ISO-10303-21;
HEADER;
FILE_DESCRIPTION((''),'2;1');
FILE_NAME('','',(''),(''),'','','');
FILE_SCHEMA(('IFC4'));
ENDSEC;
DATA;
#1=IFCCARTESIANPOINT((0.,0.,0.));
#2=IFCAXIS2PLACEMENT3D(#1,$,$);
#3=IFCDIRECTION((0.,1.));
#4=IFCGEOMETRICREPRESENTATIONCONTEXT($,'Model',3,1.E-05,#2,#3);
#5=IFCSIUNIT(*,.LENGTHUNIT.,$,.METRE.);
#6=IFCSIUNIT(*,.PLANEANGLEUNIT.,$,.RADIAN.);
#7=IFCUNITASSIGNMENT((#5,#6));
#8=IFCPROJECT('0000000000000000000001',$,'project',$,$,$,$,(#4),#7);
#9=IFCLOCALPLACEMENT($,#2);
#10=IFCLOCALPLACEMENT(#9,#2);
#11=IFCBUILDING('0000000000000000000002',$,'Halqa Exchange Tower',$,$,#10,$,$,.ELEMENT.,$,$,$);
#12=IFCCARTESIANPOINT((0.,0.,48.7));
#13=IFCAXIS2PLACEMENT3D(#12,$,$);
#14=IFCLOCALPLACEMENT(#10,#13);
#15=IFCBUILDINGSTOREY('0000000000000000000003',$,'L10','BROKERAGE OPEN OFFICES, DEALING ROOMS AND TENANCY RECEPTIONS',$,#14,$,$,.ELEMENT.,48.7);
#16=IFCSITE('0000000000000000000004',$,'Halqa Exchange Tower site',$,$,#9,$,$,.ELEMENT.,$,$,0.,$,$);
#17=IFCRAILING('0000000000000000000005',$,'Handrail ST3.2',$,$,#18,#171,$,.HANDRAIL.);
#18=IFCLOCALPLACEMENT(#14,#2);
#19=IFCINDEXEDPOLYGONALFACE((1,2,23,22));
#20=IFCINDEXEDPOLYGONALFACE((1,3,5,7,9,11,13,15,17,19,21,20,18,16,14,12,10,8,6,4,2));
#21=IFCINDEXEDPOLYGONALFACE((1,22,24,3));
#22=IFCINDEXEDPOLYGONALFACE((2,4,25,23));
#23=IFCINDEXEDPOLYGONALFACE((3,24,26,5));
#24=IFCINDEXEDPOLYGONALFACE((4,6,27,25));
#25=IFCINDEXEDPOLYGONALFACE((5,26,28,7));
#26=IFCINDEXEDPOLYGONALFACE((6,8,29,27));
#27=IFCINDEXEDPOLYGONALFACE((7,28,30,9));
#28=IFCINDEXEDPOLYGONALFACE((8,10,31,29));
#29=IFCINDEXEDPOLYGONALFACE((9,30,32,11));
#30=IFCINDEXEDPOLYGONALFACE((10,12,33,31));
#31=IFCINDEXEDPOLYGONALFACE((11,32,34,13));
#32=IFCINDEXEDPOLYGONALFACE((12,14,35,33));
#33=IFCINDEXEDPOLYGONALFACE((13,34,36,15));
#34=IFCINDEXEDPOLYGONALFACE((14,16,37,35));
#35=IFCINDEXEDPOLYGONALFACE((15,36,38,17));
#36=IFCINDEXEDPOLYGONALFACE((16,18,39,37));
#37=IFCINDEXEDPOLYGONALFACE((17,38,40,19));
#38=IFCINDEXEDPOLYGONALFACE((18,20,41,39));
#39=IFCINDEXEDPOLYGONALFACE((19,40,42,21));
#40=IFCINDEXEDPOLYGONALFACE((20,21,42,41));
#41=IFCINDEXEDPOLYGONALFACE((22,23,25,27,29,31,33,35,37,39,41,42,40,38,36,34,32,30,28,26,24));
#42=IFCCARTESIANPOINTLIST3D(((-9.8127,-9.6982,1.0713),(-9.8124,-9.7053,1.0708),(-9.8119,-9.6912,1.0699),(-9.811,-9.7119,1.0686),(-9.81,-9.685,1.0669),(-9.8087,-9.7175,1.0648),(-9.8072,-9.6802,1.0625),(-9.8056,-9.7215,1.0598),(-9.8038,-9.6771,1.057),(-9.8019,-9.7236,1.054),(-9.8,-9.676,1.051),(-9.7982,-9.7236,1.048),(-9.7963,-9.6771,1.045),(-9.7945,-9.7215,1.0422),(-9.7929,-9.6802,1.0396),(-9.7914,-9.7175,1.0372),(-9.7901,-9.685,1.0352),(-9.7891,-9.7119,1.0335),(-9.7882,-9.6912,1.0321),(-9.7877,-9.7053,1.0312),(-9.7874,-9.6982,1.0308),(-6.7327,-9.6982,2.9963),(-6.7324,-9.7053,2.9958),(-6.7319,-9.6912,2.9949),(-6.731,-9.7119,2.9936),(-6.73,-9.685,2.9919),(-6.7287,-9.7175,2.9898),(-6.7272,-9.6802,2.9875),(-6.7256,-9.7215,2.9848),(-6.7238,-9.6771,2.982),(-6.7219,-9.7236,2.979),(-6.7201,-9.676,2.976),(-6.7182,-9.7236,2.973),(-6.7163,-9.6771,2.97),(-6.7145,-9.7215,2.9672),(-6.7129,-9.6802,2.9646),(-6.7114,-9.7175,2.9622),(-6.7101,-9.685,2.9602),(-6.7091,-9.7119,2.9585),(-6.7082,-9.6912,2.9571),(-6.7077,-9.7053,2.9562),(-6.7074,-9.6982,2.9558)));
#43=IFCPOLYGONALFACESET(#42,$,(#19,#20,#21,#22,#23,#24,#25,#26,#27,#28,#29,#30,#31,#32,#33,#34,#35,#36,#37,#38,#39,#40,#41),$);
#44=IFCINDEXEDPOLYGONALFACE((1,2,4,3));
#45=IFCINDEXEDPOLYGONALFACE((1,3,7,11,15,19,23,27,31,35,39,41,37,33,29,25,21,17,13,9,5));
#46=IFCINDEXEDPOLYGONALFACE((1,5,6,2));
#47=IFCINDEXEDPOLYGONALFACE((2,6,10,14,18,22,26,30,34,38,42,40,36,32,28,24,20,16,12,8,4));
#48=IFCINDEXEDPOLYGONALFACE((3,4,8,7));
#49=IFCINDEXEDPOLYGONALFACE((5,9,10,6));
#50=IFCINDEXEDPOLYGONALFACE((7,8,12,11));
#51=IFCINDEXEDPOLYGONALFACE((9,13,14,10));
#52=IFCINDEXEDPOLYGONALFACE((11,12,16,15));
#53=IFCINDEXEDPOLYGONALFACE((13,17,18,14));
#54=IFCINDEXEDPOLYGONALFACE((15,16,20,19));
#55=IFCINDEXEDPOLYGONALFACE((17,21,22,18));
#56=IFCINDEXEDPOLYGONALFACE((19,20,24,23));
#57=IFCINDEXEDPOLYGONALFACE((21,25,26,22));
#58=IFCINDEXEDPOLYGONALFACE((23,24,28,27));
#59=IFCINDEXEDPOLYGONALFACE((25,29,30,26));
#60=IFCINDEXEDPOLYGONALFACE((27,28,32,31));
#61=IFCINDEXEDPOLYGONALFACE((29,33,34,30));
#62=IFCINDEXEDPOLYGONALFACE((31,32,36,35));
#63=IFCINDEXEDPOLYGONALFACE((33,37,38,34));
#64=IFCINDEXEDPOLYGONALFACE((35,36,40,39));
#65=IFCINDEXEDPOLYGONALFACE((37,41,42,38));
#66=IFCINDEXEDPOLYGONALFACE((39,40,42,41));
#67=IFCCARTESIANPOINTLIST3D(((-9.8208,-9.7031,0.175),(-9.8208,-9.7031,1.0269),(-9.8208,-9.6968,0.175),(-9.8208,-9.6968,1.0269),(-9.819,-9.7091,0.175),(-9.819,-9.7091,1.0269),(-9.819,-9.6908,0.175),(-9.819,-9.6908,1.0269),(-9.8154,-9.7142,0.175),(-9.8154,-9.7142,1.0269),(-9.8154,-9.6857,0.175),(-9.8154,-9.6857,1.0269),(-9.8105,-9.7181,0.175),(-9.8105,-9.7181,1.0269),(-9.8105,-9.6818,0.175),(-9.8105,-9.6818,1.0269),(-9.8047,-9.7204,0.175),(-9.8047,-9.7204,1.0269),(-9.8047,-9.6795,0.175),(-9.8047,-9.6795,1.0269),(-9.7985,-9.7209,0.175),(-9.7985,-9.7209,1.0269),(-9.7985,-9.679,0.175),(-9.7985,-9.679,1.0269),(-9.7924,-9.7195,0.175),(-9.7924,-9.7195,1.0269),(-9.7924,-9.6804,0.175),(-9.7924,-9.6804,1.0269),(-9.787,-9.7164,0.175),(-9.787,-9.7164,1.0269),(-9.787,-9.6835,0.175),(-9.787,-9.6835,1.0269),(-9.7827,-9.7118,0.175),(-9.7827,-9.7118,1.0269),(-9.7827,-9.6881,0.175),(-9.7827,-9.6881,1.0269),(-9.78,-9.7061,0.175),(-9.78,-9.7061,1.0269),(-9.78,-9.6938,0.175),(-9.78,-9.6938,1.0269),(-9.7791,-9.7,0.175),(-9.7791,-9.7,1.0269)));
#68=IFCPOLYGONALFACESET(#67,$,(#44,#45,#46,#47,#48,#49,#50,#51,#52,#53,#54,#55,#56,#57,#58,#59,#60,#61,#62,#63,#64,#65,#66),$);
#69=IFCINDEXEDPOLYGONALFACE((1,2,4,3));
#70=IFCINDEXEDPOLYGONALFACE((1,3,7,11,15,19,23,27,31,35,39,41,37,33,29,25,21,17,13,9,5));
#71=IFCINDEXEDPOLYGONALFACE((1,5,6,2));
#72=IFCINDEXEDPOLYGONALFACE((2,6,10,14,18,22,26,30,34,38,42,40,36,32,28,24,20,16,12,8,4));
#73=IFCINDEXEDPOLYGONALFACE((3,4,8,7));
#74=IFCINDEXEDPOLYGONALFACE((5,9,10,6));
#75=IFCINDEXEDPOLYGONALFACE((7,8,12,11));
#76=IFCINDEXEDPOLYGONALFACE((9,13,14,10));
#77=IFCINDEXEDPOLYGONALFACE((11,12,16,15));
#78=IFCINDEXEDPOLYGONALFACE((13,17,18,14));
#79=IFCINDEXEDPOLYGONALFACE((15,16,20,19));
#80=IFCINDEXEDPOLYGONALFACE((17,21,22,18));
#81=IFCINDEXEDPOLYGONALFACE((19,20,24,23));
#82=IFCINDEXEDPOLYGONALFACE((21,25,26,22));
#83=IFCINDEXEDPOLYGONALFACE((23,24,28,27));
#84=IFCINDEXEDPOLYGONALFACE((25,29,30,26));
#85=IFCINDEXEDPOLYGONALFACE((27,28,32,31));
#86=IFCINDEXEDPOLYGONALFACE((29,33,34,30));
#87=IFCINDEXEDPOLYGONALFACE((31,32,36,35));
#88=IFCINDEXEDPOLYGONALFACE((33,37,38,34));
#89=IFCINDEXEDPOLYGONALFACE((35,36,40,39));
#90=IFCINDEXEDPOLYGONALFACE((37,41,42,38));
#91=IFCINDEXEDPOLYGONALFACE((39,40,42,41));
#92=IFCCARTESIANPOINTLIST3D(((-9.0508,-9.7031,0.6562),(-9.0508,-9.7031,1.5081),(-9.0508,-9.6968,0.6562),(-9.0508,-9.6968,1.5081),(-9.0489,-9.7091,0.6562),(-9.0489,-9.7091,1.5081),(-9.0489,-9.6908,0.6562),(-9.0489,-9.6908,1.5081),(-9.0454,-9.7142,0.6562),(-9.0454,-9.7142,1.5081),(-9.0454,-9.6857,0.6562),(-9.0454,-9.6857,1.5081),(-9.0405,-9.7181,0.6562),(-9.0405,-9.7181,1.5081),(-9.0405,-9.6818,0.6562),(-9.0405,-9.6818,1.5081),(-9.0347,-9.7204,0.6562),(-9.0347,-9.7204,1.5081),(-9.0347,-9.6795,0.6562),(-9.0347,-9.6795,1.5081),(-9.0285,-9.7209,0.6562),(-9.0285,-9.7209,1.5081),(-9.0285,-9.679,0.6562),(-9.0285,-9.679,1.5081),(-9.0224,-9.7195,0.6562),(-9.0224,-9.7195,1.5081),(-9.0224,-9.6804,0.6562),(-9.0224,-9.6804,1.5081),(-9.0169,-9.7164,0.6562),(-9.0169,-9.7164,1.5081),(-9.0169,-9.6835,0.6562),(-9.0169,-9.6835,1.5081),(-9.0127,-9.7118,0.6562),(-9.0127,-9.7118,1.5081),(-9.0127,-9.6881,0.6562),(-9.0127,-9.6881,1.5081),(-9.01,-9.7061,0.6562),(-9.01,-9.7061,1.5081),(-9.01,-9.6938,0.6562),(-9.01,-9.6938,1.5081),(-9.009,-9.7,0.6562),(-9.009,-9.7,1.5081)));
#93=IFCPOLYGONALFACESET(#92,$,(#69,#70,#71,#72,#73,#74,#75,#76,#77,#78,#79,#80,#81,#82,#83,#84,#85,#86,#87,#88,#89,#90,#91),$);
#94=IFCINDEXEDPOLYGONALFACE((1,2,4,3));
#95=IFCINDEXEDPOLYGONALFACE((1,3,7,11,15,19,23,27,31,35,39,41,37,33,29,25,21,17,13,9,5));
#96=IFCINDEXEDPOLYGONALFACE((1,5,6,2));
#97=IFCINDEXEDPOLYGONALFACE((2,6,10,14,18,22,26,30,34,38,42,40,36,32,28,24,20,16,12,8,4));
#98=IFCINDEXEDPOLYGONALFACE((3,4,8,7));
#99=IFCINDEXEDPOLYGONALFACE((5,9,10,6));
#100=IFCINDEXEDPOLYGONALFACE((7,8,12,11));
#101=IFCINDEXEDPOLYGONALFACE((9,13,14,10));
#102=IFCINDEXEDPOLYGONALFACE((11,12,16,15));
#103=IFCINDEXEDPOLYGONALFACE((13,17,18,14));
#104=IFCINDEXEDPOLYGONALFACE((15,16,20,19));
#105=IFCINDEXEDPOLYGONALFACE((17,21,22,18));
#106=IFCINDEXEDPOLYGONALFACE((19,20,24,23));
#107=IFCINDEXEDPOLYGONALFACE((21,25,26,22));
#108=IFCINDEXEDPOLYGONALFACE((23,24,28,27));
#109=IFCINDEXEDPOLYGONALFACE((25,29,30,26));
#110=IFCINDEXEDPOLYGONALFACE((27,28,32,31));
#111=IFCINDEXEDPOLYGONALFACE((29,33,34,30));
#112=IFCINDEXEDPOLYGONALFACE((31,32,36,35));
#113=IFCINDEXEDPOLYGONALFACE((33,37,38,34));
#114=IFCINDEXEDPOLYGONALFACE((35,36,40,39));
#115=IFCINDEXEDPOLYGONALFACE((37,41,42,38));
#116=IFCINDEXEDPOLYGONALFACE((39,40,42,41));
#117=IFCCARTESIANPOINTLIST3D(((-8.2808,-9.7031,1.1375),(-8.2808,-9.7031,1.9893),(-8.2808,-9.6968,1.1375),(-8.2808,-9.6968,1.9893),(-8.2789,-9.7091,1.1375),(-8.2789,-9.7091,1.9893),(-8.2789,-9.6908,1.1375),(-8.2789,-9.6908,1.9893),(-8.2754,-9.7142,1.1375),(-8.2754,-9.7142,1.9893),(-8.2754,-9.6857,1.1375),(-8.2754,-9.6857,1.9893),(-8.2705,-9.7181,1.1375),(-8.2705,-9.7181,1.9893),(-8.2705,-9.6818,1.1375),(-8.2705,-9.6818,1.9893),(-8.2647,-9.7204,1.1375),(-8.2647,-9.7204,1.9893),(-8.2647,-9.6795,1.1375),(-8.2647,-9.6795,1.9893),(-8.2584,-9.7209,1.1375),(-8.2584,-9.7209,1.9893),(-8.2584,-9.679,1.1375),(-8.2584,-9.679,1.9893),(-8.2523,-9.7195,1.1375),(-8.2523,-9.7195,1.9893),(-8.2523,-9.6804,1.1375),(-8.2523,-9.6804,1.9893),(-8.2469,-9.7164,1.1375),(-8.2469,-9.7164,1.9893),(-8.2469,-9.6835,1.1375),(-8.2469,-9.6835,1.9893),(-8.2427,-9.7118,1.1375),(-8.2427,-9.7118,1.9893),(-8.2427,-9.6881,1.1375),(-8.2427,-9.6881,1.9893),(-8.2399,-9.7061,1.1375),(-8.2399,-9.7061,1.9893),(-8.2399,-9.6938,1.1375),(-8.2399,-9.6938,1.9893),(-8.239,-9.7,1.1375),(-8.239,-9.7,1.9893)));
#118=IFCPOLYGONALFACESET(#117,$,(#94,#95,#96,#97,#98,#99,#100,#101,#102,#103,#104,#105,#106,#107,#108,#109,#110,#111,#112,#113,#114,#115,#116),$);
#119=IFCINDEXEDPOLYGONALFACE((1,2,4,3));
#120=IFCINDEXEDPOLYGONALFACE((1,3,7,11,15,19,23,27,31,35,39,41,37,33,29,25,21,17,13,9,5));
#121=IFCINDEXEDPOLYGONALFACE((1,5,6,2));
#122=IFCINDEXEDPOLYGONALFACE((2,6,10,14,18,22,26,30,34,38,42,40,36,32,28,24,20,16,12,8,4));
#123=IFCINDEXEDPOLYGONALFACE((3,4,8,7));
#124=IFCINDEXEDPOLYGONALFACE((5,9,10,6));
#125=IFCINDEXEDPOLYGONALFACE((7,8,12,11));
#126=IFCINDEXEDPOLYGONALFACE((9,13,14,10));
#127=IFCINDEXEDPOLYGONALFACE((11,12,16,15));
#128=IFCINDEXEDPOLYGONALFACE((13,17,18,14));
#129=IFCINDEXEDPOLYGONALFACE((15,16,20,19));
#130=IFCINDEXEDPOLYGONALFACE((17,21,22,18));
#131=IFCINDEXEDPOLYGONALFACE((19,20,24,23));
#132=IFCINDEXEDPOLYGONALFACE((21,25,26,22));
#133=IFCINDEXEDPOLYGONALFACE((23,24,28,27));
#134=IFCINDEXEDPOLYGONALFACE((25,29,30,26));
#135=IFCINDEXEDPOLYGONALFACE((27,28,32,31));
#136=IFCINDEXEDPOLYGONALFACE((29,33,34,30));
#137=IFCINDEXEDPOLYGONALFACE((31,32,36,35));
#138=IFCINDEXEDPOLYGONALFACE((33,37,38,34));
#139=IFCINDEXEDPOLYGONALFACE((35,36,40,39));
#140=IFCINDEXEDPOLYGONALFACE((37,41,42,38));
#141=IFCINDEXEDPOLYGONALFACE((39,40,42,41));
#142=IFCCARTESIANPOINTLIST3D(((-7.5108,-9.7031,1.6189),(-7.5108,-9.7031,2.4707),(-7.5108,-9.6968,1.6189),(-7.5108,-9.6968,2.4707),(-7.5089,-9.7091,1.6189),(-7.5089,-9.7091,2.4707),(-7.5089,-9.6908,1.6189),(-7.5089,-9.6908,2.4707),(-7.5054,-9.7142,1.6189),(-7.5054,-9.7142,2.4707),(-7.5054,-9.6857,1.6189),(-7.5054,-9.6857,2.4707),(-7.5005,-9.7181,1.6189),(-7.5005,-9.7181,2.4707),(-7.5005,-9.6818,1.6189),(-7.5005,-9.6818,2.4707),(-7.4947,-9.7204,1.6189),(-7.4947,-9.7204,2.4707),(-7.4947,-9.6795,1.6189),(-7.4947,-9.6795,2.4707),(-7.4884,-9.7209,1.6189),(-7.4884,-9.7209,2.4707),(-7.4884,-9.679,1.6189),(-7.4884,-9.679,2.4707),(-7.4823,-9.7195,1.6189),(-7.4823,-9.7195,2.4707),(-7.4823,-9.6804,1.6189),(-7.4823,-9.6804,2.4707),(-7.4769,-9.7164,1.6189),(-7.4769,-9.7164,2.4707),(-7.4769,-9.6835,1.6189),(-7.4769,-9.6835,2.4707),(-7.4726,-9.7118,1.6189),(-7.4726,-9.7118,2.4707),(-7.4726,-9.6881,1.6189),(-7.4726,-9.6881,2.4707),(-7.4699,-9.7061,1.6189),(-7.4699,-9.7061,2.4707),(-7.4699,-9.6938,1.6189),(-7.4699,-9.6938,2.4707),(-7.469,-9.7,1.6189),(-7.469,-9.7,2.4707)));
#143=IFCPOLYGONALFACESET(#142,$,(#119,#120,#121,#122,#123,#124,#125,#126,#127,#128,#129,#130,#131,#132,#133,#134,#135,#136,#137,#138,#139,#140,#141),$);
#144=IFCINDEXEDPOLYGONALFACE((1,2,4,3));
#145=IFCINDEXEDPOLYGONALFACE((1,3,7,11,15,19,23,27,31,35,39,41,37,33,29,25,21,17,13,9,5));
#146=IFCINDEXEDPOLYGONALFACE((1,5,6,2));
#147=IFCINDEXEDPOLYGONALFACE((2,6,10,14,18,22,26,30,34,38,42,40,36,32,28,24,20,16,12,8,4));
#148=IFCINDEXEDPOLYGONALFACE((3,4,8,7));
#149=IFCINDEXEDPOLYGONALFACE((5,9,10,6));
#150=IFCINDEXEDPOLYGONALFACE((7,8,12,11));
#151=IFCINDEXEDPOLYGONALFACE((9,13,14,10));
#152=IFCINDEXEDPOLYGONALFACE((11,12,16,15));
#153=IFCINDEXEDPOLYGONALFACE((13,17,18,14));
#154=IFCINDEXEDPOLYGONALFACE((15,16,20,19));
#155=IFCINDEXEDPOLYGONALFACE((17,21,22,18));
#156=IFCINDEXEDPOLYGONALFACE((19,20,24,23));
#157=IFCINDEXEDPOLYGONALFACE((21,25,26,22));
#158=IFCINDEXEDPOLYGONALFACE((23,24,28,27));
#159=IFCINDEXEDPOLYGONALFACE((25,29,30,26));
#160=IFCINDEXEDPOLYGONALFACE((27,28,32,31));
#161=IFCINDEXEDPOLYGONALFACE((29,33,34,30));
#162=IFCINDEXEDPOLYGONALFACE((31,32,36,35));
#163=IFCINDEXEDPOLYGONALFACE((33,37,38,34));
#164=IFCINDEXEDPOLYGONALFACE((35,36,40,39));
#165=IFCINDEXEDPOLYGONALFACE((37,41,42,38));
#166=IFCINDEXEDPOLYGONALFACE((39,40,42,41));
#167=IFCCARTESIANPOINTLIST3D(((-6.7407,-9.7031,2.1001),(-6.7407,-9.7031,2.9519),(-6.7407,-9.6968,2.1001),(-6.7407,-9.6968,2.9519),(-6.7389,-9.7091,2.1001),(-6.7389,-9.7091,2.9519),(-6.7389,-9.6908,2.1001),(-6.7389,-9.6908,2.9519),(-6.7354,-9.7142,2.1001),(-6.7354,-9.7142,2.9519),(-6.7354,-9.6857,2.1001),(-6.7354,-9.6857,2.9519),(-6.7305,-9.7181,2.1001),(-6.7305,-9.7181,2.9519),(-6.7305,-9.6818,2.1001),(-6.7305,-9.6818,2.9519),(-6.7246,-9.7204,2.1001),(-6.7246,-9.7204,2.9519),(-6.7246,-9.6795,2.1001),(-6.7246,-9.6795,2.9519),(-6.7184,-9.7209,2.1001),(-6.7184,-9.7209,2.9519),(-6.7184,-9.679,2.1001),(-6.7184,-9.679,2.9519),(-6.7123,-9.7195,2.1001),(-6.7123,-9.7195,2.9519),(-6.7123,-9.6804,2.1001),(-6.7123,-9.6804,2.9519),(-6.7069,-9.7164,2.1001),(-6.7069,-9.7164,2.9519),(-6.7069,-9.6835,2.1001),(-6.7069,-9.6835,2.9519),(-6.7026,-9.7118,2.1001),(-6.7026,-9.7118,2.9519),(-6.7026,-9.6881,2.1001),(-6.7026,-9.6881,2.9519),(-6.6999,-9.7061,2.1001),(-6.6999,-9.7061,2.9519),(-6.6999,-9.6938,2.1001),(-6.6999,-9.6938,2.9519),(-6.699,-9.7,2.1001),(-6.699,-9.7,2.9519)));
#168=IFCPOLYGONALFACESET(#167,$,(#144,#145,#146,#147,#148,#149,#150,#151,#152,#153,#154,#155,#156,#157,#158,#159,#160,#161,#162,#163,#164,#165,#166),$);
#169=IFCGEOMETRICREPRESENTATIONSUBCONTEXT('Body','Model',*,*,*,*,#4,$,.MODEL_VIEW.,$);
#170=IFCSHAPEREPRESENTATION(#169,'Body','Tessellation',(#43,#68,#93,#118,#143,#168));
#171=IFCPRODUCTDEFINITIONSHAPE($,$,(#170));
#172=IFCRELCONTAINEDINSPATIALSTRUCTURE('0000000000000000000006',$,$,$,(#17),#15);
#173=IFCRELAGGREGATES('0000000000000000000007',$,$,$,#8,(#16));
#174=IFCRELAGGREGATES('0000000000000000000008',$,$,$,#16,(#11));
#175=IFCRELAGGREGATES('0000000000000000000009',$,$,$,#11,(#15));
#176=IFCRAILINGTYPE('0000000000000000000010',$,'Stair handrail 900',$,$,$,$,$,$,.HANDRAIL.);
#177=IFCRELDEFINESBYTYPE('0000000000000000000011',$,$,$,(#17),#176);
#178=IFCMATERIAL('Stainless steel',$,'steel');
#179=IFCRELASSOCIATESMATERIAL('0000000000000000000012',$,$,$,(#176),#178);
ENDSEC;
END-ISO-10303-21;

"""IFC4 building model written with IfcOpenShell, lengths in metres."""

from ifc_helpers import new_model, si_unit, direction, frame, origin, origin_2d, place, context, subcontext, project, spatial, circle, extrude, material, type_object, element, save


model = new_model("IFC4")

# Units and contexts
model_context = context("Model", 3, precision=1e-05, world=origin(), true_north=direction((0.0, 1.0)))
body_context = subcontext(model_context, "Body", "Model", "MODEL_VIEW")
ifc_project = project(units=[si_unit("LENGTHUNIT", "METRE"), si_unit("PLANEANGLEUNIT", "RADIAN")], contexts=[model_context])

# Site, building, storey
site_placement = place(None, origin())
site = spatial("IfcSite", under=ifc_project, at=site_placement, Name="Halqa Exchange Tower site", CompositionType="ELEMENT", RefElevation=0.0)
building_placement = place(site_placement, origin())
building = spatial("IfcBuilding", under=site, at=building_placement, Name="Halqa Exchange Tower", CompositionType="ELEMENT")
storey_placement = place(building_placement, frame((0.0, 0.0, 48.7)))
storey = spatial("IfcBuildingStorey", under=building, at=storey_placement, Name="L10", Description="BROKERAGE OPEN OFFICES, DEALING ROOMS AND TENANCY RECEPTIONS", CompositionType="ELEMENT", Elevation=48.7)

# Shared definitions
ifc_material_1 = material(Name="Stainless steel", Category="steel")

# Railing
railing_type_1 = type_object("IfcRailingType", Name="Stair handrail 900", PredefinedType="HANDRAIL", material=ifc_material_1)
railing_1_placement = place(storey_placement, frame((-9.8, -9.7, 0.175)))
element("IfcRailing", 1, at=railing_1_placement, inside=storey, type_object=railing_type_1, Name="Handrail ST3.2", PredefinedType="HANDRAIL", context=body_context, shape_type="SweptSolid", body=[
    extrude(circle(Radius=0.0239, at=origin_2d()), frame((0.0, 0.0, 0.876), z_axis=(0.847998, 0.0, 0.529999), x_axis=(0.0, 1.0, 0.0)), (0.0, 0.0, 1.0), 3.6321),
    extrude(circle(Radius=0.021, at=origin_2d()), origin(), (0.0, 0.0, 1.0), 0.8518),
    extrude(circle(Radius=0.021, at=origin_2d()), frame((0.77, 0.0, 0.4812)), (0.0, 0.0, 1.0), 0.8518),
    extrude(circle(Radius=0.021, at=origin_2d()), frame((1.54, 0.0, 0.9624)), (0.0, 0.0, 1.0), 0.8518),
    extrude(circle(Radius=0.021, at=origin_2d()), frame((2.3101, 0.0, 1.4438)), (0.0, 0.0, 1.0), 0.8518),
    extrude(circle(Radius=0.021, at=origin_2d()), frame((3.0801, 0.0, 1.925)), (0.0, 0.0, 1.0), 0.8518),
])

save(model, "model.ifc")
